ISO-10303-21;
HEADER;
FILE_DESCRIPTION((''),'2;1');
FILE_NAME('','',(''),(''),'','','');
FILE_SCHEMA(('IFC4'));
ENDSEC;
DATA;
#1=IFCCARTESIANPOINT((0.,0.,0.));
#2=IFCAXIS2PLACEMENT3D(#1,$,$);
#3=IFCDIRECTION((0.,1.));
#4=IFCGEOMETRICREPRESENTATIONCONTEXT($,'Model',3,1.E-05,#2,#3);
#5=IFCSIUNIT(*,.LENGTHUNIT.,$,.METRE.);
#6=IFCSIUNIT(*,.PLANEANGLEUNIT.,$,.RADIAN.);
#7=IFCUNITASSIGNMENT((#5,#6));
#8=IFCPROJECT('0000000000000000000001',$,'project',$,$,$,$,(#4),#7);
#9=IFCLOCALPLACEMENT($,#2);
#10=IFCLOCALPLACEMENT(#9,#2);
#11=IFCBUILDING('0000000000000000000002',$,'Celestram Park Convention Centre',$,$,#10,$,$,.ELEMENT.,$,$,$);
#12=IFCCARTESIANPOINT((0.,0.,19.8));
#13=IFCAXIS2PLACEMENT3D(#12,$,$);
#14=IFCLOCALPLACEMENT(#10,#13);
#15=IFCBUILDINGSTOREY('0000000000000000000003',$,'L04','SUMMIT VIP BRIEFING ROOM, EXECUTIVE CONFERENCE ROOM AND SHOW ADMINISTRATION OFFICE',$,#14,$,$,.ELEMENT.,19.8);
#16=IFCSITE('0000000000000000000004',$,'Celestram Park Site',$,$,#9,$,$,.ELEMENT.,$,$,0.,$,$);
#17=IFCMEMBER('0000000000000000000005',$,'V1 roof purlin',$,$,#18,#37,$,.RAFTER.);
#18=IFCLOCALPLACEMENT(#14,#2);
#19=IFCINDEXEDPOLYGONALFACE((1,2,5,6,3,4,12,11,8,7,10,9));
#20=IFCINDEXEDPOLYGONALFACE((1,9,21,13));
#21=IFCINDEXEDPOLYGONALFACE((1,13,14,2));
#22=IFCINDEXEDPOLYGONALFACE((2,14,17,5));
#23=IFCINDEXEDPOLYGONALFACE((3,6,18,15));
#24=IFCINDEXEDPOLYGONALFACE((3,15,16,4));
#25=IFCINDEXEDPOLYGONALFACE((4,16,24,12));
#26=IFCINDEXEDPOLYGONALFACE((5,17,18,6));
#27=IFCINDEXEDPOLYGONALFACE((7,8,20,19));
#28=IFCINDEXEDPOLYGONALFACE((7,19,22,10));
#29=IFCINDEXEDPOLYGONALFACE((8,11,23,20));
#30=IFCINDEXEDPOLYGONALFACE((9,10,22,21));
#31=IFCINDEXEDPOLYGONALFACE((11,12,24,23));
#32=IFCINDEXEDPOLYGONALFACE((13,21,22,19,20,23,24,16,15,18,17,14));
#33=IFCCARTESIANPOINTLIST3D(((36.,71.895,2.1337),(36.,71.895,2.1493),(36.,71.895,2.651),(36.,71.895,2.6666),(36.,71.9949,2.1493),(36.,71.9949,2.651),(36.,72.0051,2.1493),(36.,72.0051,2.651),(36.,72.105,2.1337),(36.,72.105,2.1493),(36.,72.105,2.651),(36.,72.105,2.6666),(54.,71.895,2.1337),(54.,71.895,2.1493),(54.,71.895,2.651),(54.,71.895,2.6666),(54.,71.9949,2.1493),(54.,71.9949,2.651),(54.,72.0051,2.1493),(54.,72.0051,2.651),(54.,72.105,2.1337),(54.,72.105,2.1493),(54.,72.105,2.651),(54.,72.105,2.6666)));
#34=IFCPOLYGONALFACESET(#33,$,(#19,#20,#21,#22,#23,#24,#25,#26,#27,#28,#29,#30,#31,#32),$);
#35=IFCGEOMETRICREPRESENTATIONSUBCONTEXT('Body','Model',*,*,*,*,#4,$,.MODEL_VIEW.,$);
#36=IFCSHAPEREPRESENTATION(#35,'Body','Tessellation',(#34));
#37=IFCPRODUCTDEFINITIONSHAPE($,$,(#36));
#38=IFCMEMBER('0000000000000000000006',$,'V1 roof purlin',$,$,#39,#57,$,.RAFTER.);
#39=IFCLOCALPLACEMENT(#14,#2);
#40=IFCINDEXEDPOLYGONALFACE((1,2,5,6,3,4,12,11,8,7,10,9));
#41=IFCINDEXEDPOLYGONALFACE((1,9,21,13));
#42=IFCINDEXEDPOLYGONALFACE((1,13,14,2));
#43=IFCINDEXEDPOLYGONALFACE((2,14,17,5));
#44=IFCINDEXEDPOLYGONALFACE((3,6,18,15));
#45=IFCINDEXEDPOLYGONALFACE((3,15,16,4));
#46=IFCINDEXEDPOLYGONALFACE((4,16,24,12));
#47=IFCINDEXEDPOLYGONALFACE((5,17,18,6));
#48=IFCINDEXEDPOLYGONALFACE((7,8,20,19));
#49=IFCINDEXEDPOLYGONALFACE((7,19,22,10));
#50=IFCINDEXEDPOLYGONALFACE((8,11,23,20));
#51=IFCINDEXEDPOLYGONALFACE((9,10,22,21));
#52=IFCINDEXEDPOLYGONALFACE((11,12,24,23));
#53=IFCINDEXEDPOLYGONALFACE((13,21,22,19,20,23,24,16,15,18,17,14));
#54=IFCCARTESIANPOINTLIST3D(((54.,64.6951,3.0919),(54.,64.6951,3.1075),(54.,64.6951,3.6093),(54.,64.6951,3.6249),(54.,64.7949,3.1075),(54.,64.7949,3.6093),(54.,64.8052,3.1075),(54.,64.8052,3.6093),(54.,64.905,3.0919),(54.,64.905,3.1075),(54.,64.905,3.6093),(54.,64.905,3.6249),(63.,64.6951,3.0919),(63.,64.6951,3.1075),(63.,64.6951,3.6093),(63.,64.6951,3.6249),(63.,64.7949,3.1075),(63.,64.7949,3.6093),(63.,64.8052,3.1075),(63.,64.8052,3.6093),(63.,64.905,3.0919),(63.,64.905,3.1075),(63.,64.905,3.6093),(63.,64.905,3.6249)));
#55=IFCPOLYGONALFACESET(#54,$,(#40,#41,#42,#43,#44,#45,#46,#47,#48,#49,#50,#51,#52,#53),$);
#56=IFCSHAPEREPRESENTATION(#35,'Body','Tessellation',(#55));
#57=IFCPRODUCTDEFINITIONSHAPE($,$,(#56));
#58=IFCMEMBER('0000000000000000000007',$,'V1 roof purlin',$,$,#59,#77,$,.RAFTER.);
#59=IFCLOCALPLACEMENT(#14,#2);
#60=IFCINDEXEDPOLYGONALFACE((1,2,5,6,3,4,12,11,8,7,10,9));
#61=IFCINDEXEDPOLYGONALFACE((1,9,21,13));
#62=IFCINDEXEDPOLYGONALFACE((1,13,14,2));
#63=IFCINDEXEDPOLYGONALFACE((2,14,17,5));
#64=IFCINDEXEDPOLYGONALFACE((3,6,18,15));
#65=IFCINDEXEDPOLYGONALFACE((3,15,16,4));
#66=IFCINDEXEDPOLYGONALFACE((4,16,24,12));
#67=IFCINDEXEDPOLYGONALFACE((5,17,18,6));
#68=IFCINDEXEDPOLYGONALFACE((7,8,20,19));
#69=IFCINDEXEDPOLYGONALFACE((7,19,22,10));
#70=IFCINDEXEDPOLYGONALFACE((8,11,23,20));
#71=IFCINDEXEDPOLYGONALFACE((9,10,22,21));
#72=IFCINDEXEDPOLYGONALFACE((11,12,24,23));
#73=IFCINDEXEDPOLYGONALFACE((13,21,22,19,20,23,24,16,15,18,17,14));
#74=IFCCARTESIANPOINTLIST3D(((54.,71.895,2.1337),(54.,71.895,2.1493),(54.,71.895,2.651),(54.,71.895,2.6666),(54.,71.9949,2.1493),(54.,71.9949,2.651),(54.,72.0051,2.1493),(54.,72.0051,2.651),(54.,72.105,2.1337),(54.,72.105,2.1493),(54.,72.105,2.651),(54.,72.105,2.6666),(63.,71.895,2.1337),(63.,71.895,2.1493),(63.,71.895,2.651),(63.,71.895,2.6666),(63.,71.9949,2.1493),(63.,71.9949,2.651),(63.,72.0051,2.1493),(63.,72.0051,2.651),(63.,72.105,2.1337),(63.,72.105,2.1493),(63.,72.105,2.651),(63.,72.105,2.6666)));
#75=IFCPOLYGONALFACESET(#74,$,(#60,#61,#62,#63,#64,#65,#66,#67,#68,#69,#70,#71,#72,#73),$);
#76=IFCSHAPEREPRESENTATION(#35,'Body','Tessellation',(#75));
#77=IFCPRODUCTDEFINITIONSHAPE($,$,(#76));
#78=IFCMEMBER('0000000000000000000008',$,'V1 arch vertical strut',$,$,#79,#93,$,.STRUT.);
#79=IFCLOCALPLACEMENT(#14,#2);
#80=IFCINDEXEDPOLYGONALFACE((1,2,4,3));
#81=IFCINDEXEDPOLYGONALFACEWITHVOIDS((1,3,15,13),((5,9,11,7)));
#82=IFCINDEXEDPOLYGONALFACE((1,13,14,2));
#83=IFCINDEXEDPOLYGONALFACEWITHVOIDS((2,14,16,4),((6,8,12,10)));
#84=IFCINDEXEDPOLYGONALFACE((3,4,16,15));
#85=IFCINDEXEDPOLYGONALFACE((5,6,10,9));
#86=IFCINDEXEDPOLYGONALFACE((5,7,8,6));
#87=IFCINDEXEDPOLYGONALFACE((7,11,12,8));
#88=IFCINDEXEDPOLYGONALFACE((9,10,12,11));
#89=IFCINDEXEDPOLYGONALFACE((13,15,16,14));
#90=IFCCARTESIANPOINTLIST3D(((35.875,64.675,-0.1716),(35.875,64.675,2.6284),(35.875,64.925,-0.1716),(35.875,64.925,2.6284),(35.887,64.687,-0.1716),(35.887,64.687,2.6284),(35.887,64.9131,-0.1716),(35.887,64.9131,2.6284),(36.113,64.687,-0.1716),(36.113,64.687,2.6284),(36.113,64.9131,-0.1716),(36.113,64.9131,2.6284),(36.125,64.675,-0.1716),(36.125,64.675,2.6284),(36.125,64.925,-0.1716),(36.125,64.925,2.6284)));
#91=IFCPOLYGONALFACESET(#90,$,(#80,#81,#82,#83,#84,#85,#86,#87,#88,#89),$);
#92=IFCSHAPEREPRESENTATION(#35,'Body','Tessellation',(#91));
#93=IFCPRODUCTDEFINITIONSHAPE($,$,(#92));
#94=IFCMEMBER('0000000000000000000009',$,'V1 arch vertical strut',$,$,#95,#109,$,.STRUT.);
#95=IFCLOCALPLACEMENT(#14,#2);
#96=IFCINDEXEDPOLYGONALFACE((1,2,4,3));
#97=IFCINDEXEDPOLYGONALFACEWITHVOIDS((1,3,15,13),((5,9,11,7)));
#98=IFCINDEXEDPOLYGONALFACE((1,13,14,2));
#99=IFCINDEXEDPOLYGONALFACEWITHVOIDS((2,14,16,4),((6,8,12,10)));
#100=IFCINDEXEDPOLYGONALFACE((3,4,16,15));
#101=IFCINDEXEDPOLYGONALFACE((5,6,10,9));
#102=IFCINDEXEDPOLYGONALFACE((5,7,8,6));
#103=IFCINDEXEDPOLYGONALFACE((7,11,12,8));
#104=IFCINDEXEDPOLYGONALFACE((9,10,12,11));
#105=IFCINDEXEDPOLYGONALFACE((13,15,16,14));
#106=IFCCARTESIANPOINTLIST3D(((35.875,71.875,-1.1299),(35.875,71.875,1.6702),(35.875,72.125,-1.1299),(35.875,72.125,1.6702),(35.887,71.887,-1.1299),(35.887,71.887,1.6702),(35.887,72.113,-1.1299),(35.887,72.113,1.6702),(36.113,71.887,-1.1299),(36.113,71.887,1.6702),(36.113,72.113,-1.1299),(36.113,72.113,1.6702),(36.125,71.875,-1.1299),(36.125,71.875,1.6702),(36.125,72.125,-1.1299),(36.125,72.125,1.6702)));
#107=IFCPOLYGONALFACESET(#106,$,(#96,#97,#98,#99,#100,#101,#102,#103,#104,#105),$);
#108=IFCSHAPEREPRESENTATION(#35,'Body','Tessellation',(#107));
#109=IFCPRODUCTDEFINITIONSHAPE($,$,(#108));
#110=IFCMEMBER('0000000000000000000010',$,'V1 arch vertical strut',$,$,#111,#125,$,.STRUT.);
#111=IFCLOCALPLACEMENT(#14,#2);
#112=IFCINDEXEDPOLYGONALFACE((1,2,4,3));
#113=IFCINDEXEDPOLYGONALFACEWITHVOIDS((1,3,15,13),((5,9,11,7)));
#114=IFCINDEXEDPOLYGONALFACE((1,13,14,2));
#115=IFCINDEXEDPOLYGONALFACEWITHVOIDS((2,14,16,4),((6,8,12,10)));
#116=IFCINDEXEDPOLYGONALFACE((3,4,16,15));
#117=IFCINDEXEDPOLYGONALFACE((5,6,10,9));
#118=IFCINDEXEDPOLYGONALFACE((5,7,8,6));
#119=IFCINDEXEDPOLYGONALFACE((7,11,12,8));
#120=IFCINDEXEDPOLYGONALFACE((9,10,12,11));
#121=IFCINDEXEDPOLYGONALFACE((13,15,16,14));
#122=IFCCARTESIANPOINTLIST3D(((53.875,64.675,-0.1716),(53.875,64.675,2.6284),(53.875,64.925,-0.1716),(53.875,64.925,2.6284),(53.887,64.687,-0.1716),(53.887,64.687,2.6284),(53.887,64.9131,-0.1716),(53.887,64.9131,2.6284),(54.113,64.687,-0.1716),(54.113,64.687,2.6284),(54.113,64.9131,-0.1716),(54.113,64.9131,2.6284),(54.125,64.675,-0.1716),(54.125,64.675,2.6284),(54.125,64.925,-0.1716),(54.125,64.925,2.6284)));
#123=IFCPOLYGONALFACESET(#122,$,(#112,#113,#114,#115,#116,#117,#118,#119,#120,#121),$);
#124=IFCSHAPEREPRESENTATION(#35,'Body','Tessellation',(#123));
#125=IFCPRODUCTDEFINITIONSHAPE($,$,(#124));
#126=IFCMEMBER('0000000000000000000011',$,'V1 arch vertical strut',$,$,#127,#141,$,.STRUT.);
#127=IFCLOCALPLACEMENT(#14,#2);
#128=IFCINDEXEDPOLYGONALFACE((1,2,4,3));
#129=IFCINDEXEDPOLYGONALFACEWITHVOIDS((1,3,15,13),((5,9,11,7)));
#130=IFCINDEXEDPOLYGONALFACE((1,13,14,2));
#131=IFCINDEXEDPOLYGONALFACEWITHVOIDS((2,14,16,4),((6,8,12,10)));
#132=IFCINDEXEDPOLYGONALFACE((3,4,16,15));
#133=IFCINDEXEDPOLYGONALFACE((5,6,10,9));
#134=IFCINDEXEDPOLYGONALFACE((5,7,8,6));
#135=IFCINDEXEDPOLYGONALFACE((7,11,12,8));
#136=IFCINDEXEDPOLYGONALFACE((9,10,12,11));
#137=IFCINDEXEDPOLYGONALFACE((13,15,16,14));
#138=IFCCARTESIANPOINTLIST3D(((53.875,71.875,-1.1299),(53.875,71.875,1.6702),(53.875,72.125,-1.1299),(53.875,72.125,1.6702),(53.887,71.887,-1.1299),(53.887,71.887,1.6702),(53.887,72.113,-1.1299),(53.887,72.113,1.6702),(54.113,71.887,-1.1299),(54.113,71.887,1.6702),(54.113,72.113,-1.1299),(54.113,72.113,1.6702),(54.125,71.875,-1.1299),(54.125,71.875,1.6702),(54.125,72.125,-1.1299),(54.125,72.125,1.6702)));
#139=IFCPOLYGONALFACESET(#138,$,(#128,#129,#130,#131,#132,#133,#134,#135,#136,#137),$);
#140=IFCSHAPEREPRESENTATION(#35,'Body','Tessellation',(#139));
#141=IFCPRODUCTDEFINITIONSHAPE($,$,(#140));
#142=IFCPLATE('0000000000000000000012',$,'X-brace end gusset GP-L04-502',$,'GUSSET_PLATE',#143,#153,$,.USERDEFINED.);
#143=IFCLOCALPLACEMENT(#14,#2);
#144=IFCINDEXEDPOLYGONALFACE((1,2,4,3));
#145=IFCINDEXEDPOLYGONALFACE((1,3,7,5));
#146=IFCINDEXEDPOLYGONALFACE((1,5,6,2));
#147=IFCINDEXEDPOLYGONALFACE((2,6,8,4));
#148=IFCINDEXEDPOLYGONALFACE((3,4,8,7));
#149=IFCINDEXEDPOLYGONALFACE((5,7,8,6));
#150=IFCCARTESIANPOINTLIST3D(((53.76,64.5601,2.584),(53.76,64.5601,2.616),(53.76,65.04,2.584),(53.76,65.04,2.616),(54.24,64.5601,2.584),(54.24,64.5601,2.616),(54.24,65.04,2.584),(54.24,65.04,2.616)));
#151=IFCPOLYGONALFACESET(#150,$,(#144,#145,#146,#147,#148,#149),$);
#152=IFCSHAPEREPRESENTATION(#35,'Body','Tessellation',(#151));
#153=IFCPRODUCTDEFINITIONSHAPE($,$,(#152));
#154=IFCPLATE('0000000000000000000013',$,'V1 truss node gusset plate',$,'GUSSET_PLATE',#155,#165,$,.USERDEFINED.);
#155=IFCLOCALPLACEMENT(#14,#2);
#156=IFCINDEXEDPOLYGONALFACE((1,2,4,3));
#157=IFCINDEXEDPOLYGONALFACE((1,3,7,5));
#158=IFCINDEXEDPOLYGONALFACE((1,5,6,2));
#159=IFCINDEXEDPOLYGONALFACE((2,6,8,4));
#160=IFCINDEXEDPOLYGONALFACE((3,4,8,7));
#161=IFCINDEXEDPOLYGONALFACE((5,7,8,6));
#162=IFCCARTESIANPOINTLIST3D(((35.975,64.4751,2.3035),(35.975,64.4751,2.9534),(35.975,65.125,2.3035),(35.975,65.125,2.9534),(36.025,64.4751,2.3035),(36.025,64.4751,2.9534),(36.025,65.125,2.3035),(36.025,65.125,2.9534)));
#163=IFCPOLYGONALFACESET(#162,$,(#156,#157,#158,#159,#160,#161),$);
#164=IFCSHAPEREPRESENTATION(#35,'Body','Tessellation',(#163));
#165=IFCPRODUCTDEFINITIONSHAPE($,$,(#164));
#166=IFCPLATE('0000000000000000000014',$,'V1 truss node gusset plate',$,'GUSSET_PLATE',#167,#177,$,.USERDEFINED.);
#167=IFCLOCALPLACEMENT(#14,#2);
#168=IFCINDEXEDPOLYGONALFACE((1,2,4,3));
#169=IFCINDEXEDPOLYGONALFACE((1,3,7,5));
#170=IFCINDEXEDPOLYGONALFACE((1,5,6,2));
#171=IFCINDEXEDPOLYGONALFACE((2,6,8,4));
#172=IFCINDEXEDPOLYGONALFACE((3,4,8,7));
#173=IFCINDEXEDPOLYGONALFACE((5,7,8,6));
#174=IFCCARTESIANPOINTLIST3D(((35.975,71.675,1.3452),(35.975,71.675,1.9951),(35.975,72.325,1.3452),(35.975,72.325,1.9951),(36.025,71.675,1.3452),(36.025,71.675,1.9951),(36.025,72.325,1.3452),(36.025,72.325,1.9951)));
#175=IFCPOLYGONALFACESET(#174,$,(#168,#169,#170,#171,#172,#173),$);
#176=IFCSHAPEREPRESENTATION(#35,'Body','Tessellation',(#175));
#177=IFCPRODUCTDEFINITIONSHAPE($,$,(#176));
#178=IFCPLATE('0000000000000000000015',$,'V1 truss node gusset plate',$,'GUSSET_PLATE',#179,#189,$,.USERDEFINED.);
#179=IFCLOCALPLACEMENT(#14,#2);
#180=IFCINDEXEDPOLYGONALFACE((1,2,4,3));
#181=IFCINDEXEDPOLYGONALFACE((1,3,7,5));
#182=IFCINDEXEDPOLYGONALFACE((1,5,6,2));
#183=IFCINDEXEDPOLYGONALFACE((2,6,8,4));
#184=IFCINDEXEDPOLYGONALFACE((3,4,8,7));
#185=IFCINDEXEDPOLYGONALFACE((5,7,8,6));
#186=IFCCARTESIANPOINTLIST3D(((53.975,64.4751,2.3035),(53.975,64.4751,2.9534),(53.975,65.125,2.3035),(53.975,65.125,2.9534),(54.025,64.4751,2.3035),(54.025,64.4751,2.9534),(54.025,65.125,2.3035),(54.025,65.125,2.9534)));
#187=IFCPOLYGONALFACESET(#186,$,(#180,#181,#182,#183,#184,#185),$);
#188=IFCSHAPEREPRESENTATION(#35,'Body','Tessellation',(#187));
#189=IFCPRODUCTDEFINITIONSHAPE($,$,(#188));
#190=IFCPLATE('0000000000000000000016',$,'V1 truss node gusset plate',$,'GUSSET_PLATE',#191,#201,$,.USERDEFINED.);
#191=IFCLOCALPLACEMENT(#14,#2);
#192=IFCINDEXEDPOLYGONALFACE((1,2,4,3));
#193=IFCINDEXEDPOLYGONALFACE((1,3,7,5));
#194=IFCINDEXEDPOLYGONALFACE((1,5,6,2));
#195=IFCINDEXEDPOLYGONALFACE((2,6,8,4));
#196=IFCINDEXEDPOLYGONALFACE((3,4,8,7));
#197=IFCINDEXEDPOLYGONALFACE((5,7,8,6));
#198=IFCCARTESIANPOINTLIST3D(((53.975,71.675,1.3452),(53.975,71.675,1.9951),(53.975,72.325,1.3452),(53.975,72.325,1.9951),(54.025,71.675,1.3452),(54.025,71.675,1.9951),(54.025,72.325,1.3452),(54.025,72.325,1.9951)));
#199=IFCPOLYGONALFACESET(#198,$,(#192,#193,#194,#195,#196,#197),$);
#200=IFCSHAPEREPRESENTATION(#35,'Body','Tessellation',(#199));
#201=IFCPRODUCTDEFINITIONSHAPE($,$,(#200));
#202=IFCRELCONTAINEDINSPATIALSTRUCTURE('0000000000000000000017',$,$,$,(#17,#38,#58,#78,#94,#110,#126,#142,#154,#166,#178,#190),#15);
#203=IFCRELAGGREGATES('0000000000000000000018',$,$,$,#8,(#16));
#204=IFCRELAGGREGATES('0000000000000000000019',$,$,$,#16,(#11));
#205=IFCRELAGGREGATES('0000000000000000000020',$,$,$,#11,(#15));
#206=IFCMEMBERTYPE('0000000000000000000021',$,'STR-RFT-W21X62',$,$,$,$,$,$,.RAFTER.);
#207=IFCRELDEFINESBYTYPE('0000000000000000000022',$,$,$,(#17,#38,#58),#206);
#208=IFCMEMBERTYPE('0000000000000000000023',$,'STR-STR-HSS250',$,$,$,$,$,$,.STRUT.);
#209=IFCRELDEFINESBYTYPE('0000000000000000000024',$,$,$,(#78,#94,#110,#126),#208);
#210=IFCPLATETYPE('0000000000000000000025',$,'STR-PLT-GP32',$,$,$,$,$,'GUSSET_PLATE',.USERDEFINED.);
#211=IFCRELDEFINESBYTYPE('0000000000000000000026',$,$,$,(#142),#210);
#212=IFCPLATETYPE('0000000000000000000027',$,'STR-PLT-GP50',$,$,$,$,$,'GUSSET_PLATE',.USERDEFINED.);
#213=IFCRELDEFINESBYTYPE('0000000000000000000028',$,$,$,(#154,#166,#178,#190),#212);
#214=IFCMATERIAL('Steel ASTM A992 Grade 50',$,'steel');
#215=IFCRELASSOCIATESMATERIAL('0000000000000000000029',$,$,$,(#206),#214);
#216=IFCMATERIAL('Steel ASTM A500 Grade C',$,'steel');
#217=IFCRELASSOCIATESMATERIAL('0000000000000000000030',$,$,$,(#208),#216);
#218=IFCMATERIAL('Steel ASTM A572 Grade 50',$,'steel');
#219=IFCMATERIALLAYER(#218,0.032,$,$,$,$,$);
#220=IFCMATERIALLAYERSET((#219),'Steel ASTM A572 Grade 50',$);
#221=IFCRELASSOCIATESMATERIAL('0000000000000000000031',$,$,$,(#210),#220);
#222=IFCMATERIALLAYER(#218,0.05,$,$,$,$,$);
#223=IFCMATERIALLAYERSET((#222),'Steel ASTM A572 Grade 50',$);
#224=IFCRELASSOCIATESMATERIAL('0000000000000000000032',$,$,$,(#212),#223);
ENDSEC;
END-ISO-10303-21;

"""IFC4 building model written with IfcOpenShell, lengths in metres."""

from ifc_helpers import new_model, si_unit, direction, frame, origin, origin_2d, place, context, subcontext, project, spatial, rectangle, hollow_rectangle, i_section, extrude, material, layer, layer_set, material_profile, profile_set, type_object, element, save


model = new_model("IFC4")

# Units and contexts
model_context = context("Model", 3, precision=1e-05, world=origin(), true_north=direction((0.0, 1.0)))
body_context = subcontext(model_context, "Body", "Model", "MODEL_VIEW")
ifc_project = project(units=[si_unit("LENGTHUNIT", "METRE"), si_unit("PLANEANGLEUNIT", "RADIAN")], contexts=[model_context])

# Site, building, storey
site_placement = place(None, origin())
site = spatial("IfcSite", under=ifc_project, at=site_placement, Name="Celestram Park Site", CompositionType="ELEMENT", RefElevation=0.0)
building_placement = place(site_placement, origin())
building = spatial("IfcBuilding", under=site, at=building_placement, Name="Celestram Park Convention Centre", CompositionType="ELEMENT")
storey_placement = place(building_placement, frame((0.0, 0.0, 19.8)))
storey = spatial("IfcBuildingStorey", under=building, at=storey_placement, Name="L04", Description="SUMMIT VIP BRIEFING ROOM, EXECUTIVE CONFERENCE ROOM AND SHOW ADMINISTRATION OFFICE", CompositionType="ELEMENT", Elevation=19.8)

# Members
ifc_material_1 = material(Name="Steel ASTM A500 Grade C", Category="steel")
ifc_material_2 = material(Name="Steel ASTM A992 Grade 50", Category="steel")
ifc_material_profile_1 = material_profile(ifc_material_2, i_section(OverallWidth=0.21, OverallDepth=0.533, WebThickness=0.0103, FlangeThickness=0.0156, at=origin_2d()), Name="W21X62")
ifc_profile_set_1 = profile_set([ifc_material_profile_1], Name="Steel ASTM A992 Grade 50")
member_type_1 = type_object("IfcMemberType", Name="STR-RFT-W21X62", PredefinedType="RAFTER", material=ifc_profile_set_1)
for number, where, z_axis, x_axis, name in (
    (1, (36.0, 72.0, 2.4001), (1.0, 0.0, 0.0), (0.0, 1.0, 0.0), "V1 roof purlin"),
):
    element("IfcMember", number, at=place(storey_placement, frame(where, z_axis=z_axis, x_axis=x_axis)), inside=storey, type_object=member_type_1, Name=name, PredefinedType="RAFTER", context=body_context, shape_type="SweptSolid", body=[
        extrude(i_section(OverallWidth=0.21, OverallDepth=0.533, WebThickness=0.0103, FlangeThickness=0.0156, at=origin_2d()), origin(), (0.0, 0.0, 1.0), 18.0),
    ])
for number, where, z_axis, x_axis, name in (
    (2, (54.0, 64.8, 3.3584), (1.0, 0.0, 0.0), (0.0, 1.0, 0.0), "V1 roof purlin"),
    (3, (54.0, 72.0, 2.4001), (1.0, 0.0, 0.0), (0.0, 1.0, 0.0), "V1 roof purlin"),
):
    element("IfcMember", number, at=place(storey_placement, frame(where, z_axis=z_axis, x_axis=x_axis)), inside=storey, type_object=member_type_1, Name=name, PredefinedType="RAFTER", context=body_context, shape_type="SweptSolid", body=[
        extrude(i_section(OverallWidth=0.21, OverallDepth=0.533, WebThickness=0.0103, FlangeThickness=0.0156, at=origin_2d()), origin(), (0.0, 0.0, 1.0), 9.0),
    ])
ifc_material_profile_2 = material_profile(ifc_material_1, hollow_rectangle(XDim=0.25, YDim=0.25, WallThickness=0.012, at=origin_2d()), Name="HSS250X250X12")
ifc_profile_set_2 = profile_set([ifc_material_profile_2], Name="Steel ASTM A500 Grade C")
member_type_2 = type_object("IfcMemberType", Name="STR-STR-HSS250", PredefinedType="STRUT", material=ifc_profile_set_2)
for number, where, z_axis, x_axis, name in (
    (4, (36.0, 64.8, -0.1716), (0.0, 0.0, 1.0), (1.0, 0.0, 0.0), "V1 arch vertical strut"),
    (5, (36.0, 72.0, -1.1299), (0.0, 0.0, 1.0), (1.0, 0.0, 0.0), "V1 arch vertical strut"),
    (6, (54.0, 64.8, -0.1716), (0.0, 0.0, 1.0), (1.0, 0.0, 0.0), "V1 arch vertical strut"),
    (7, (54.0, 72.0, -1.1299), (0.0, 0.0, 1.0), (1.0, 0.0, 0.0), "V1 arch vertical strut"),
):
    element("IfcMember", number, at=place(storey_placement, frame(where, z_axis=z_axis, x_axis=x_axis)), inside=storey, type_object=member_type_2, Name=name, PredefinedType="STRUT", context=body_context, shape_type="SweptSolid", body=[
        extrude(hollow_rectangle(XDim=0.25, YDim=0.25, WallThickness=0.012, at=origin_2d()), origin(), (0.0, 0.0, 1.0), 2.8),
    ])

# Plates
ifc_material_3 = material(Name="Steel ASTM A572 Grade 50", Category="steel")
ifc_layer_1 = layer(ifc_material_3, 0.032)
ifc_layer_set_1 = layer_set([ifc_layer_1], Name="Steel ASTM A572 Grade 50")
plate_type_1 = type_object("IfcPlateType", Name="STR-PLT-GP32", ElementType="GUSSET_PLATE", PredefinedType="USERDEFINED", material=ifc_layer_set_1)
plate_placement = place(storey_placement, frame((54.0, 64.8, 2.584), z_axis=(0.0, 0.0, 1.0), x_axis=(1.0, 0.0, 0.0)))
element("IfcPlate", 8, at=plate_placement, inside=storey, type_object=plate_type_1, Name="X-brace end gusset GP-L04-502", ObjectType="GUSSET_PLATE", PredefinedType="USERDEFINED", context=body_context, shape_type="SweptSolid", body=[
    extrude(rectangle(XDim=0.48, YDim=0.48, at=origin_2d()), origin(), (0.0, 0.0, 1.0), 0.032),
])
ifc_layer_2 = layer(ifc_material_3, 0.05)
ifc_layer_set_2 = layer_set([ifc_layer_2], Name="Steel ASTM A572 Grade 50")
plate_type_2 = type_object("IfcPlateType", Name="STR-PLT-GP50", ElementType="GUSSET_PLATE", PredefinedType="USERDEFINED", material=ifc_layer_set_2)
for number, where, z_axis, x_axis, name in (
    (9, (36.0, 64.8, 2.3035), (0.0, 0.0, 1.0), (0.0, 1.0, 0.0), "V1 truss node gusset plate"),
    (10, (36.0, 72.0, 1.3452), (0.0, 0.0, 1.0), (0.0, 1.0, 0.0), "V1 truss node gusset plate"),
    (11, (54.0, 64.8, 2.3035), (0.0, 0.0, 1.0), (0.0, 1.0, 0.0), "V1 truss node gusset plate"),
    (12, (54.0, 72.0, 1.3452), (0.0, 0.0, 1.0), (0.0, 1.0, 0.0), "V1 truss node gusset plate"),
):
    element("IfcPlate", number, at=place(storey_placement, frame(where, z_axis=z_axis, x_axis=x_axis)), inside=storey, type_object=plate_type_2, Name=name, ObjectType="GUSSET_PLATE", PredefinedType="USERDEFINED", context=body_context, shape_type="SweptSolid", body=[
        extrude(rectangle(XDim=0.6499, YDim=0.05, at=origin_2d()), origin(), (0.0, 0.0, 1.0), 0.6499),
    ])

save(model, "model.ifc")
